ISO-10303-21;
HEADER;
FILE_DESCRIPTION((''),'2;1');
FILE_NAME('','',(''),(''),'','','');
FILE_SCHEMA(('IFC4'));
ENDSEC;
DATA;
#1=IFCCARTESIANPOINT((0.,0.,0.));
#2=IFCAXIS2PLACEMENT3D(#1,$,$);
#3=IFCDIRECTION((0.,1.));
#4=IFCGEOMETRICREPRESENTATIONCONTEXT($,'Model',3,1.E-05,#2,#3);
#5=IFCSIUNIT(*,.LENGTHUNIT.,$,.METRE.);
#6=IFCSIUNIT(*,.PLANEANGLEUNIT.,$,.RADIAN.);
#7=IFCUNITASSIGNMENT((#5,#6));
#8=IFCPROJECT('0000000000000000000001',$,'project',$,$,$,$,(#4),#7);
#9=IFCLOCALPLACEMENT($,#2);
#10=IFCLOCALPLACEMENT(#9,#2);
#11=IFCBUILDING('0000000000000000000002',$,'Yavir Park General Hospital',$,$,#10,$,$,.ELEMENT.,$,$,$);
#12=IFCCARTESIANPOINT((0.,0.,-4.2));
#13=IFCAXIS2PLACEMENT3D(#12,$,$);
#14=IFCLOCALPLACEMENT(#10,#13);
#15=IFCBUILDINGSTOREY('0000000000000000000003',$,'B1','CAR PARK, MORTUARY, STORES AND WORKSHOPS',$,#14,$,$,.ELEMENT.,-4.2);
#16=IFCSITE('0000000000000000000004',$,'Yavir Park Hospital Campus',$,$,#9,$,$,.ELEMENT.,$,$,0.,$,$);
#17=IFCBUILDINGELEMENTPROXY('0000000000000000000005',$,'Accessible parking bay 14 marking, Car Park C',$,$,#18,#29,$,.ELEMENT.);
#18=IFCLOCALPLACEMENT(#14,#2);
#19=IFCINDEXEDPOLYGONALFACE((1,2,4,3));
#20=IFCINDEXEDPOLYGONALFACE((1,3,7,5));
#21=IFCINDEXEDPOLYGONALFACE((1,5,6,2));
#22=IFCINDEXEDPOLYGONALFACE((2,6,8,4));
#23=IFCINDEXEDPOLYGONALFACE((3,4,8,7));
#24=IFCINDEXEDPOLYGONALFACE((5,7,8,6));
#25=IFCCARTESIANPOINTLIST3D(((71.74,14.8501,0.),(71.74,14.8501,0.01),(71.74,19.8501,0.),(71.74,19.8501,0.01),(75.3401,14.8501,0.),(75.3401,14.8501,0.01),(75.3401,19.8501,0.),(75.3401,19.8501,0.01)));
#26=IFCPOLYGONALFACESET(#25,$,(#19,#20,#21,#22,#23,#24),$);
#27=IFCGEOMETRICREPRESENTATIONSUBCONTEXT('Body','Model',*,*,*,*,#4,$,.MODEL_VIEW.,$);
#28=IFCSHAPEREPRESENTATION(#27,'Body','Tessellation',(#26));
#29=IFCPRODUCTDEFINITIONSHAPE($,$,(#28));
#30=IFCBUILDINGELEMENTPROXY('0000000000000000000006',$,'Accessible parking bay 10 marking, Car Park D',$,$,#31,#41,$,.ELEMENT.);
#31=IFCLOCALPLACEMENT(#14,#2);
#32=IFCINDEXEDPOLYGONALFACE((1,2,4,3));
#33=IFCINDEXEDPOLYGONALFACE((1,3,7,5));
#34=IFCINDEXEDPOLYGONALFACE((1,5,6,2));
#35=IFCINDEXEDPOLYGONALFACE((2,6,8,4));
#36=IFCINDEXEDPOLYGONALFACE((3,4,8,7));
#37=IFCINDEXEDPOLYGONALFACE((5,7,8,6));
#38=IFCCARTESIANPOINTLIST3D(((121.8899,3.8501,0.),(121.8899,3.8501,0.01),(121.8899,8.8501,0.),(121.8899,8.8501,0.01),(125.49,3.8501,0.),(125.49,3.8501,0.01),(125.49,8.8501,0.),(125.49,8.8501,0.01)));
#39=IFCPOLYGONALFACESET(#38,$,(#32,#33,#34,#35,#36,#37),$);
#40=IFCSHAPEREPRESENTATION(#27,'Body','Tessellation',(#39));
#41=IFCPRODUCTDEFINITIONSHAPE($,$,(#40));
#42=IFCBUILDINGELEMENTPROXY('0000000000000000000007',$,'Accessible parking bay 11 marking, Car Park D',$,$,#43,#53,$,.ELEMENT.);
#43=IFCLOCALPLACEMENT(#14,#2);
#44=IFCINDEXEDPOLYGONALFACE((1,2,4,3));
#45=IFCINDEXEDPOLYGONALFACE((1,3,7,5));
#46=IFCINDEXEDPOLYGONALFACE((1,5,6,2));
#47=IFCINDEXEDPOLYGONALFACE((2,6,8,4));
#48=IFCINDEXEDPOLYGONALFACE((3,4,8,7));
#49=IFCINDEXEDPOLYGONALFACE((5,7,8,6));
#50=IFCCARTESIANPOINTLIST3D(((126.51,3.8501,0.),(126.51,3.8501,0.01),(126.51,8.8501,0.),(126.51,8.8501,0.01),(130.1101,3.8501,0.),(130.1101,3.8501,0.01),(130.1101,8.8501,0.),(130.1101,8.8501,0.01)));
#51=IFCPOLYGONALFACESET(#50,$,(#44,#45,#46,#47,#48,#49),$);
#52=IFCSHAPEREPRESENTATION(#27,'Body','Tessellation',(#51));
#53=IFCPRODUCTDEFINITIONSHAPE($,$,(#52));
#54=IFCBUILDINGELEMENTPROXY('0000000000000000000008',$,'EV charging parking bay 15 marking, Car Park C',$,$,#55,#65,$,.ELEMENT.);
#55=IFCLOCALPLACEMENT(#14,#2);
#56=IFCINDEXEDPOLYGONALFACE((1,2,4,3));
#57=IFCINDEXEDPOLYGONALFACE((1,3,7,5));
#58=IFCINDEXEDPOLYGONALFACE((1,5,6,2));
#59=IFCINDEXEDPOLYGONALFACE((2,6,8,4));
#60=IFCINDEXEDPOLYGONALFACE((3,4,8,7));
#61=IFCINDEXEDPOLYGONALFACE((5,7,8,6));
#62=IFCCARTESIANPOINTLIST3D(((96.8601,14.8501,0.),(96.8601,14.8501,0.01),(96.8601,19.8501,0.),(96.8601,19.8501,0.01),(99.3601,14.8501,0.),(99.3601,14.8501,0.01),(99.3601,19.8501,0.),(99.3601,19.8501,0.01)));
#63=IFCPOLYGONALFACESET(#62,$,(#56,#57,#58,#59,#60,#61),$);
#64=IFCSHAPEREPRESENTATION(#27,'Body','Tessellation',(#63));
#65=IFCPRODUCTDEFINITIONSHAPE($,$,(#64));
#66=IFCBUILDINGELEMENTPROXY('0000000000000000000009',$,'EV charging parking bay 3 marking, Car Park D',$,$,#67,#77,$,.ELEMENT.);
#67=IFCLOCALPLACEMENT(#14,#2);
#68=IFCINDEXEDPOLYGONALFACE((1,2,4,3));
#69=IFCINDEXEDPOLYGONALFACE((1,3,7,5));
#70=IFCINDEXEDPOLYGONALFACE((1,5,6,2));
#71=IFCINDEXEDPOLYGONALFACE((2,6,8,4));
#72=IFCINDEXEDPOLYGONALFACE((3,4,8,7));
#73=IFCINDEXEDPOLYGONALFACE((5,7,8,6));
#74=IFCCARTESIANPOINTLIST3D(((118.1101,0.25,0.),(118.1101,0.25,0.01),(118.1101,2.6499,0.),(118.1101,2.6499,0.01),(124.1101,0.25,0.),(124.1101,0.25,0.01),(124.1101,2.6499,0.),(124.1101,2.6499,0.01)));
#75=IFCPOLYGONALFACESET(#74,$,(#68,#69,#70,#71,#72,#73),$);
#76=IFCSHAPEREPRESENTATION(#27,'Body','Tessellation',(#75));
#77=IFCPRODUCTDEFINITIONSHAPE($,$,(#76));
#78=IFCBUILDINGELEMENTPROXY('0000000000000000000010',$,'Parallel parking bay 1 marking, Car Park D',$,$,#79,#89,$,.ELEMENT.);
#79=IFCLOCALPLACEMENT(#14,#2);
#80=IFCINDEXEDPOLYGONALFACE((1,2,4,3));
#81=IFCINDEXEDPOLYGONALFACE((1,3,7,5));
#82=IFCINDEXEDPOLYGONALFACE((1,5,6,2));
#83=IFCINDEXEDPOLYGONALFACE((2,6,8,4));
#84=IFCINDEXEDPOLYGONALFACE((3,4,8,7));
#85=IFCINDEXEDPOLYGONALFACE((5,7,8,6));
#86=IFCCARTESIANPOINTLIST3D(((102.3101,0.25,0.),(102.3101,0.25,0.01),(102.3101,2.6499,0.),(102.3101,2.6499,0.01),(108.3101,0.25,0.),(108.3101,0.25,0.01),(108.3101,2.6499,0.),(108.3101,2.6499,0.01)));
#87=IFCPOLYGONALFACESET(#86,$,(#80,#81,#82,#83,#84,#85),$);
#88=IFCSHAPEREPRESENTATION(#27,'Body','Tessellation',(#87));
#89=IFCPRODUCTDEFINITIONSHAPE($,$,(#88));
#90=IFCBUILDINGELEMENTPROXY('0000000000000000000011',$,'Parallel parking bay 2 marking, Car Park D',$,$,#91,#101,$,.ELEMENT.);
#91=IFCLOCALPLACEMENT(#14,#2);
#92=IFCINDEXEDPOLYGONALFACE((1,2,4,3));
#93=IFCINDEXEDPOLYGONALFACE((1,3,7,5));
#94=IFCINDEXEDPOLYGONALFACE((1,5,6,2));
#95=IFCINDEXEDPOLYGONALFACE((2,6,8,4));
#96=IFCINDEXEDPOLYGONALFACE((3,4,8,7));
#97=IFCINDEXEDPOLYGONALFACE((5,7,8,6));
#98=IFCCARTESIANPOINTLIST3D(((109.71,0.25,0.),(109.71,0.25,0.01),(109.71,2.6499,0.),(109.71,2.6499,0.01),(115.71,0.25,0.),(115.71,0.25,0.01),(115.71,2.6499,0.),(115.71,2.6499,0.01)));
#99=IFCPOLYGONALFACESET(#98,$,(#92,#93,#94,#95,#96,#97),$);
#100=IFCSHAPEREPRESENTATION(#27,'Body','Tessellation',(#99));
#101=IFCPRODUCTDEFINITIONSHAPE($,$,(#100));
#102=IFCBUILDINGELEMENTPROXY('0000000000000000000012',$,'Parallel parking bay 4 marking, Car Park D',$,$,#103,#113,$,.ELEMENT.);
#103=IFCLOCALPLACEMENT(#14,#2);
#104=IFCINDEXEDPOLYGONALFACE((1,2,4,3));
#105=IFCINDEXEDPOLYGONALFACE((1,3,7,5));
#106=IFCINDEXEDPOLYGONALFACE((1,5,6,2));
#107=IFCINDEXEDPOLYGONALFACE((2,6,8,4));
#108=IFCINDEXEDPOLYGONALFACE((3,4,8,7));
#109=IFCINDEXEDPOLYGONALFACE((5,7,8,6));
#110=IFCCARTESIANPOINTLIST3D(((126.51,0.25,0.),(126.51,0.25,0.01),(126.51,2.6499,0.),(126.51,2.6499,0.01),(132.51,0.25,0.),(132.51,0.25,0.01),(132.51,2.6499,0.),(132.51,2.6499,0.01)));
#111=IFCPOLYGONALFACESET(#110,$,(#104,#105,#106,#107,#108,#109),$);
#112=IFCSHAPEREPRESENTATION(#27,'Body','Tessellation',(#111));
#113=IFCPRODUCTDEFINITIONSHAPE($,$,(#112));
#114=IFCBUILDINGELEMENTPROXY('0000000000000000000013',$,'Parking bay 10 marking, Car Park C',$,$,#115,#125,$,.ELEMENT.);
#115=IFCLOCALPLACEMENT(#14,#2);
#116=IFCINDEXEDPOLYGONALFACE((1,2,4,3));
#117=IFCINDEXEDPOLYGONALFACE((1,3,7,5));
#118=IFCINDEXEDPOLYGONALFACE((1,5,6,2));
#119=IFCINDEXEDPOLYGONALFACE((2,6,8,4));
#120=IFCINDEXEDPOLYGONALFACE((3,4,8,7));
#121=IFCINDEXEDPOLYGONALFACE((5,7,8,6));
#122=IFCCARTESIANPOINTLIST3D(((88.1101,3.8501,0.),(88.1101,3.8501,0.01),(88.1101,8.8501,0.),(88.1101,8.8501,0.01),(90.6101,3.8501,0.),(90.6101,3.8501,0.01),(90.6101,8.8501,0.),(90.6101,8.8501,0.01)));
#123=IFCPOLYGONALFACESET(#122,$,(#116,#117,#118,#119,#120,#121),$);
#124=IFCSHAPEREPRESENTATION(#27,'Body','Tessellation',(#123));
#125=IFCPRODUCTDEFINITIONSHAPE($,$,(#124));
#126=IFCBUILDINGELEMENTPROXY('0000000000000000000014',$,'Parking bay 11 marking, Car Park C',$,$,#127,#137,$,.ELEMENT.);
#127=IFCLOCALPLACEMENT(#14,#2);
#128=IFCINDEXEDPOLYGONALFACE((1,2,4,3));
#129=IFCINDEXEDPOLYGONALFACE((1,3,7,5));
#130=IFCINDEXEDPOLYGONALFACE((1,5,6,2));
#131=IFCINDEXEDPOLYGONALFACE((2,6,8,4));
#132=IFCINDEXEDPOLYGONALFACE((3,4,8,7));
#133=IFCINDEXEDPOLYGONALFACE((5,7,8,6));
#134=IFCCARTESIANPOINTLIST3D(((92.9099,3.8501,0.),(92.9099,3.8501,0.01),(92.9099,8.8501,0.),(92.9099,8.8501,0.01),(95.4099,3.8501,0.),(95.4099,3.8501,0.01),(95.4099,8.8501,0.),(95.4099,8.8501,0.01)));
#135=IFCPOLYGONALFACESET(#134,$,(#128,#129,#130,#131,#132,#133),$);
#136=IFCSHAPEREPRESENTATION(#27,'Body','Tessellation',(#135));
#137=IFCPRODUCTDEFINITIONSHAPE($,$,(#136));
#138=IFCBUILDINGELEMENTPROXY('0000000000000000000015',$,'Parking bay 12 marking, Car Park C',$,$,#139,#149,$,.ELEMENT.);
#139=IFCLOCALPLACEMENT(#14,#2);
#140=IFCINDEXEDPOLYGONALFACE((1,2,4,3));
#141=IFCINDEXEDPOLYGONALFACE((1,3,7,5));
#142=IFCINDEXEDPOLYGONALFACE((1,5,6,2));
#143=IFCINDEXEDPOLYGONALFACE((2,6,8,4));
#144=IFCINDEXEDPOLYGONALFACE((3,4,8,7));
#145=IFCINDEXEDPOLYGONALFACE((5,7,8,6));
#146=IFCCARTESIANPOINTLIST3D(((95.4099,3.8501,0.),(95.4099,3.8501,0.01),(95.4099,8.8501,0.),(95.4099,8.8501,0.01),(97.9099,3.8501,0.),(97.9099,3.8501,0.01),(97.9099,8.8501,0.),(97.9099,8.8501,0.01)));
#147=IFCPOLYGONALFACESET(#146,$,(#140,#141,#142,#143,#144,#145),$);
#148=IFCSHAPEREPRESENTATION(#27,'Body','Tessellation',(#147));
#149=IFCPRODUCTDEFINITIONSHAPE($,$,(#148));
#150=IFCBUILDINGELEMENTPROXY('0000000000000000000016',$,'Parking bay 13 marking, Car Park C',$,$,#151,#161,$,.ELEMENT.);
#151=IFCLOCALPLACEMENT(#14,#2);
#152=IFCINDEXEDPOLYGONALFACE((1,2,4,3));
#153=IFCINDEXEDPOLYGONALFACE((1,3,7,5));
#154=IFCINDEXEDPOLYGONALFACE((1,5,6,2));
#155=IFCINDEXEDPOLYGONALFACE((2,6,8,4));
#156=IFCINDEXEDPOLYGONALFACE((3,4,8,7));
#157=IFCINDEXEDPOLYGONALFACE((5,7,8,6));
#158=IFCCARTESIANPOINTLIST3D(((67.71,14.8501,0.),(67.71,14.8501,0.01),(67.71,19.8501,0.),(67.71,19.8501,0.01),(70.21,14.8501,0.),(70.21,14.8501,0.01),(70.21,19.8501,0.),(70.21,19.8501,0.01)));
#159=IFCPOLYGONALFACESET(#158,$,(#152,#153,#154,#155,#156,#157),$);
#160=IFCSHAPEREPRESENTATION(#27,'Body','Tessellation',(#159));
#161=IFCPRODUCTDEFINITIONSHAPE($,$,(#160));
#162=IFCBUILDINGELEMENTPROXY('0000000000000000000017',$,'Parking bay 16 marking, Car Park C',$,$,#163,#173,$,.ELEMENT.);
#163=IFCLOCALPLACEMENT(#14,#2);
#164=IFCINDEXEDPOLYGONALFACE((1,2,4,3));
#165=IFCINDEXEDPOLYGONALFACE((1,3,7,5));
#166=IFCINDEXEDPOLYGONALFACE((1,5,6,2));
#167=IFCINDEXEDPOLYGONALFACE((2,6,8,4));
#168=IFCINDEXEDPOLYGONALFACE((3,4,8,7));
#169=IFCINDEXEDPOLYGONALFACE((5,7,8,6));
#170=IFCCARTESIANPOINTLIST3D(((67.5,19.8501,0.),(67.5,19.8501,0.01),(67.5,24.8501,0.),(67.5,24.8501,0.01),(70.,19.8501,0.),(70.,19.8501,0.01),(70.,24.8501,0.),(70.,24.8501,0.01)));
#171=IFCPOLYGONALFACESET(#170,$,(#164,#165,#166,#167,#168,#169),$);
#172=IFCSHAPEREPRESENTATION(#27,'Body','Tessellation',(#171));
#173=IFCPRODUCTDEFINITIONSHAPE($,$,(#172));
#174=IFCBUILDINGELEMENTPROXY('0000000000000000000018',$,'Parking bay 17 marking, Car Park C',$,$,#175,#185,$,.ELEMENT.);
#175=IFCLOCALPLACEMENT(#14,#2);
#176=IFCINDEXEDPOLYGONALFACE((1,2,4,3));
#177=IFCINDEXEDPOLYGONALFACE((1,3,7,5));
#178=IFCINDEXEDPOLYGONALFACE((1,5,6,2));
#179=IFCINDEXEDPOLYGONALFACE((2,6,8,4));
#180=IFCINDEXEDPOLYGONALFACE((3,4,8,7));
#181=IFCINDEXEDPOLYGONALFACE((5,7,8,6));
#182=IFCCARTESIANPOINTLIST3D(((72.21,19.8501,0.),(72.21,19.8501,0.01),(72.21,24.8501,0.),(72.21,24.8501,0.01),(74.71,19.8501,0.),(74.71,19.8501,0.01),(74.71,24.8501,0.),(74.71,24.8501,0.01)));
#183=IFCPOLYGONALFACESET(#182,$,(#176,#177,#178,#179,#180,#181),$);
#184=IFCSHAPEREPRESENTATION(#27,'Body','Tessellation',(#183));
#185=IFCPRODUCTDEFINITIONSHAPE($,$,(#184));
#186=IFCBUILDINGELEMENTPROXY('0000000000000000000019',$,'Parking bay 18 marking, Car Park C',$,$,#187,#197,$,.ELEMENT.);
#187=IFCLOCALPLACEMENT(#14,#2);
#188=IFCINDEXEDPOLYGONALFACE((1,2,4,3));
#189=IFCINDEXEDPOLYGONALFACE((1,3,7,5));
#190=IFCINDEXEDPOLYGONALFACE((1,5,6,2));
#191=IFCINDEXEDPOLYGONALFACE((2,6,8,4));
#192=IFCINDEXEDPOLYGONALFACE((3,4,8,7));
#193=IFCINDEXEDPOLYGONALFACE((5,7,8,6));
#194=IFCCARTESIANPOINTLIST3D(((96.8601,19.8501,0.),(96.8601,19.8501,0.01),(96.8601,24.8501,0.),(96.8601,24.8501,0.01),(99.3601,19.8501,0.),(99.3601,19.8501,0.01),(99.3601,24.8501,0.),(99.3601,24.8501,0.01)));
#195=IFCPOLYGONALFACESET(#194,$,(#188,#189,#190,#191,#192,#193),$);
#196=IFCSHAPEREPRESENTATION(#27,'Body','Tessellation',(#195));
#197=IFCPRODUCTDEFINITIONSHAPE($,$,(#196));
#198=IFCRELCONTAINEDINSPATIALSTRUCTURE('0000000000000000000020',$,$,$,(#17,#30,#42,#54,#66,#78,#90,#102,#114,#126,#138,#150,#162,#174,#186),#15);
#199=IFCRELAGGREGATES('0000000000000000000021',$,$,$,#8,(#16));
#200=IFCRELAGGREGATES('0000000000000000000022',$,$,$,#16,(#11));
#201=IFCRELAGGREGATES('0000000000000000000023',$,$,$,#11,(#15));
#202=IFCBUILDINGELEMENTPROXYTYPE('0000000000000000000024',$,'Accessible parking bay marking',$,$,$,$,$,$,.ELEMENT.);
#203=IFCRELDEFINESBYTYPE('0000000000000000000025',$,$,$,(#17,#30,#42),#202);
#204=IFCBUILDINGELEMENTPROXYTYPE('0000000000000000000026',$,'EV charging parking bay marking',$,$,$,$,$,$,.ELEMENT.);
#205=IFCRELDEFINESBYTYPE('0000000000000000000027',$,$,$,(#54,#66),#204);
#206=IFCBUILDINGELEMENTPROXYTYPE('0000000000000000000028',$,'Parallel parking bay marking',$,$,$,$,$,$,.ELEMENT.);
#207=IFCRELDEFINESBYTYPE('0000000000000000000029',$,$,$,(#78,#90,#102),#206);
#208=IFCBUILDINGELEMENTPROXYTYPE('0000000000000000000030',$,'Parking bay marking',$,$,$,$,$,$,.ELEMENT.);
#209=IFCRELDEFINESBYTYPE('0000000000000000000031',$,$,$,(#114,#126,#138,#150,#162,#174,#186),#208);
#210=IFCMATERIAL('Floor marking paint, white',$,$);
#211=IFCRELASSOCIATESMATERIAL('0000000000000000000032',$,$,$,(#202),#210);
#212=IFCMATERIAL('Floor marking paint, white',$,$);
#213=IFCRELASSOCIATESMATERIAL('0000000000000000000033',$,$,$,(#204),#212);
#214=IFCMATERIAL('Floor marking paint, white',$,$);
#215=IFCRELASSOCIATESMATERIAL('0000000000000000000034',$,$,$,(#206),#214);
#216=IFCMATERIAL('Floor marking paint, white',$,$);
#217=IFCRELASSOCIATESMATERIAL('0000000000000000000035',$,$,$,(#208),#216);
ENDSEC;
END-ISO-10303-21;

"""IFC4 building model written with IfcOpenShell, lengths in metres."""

from ifc_helpers import new_model, si_unit, direction, frame, origin, place, context, subcontext, project, spatial, polyline, outline, extrude, material, type_object, element, save


model = new_model("IFC4")

# Units and contexts
model_context = context("Model", 3, precision=1e-05, world=origin(), true_north=direction((0.0, 1.0)))
body_context = subcontext(model_context, "Body", "Model", "MODEL_VIEW")
ifc_project = project(units=[si_unit("LENGTHUNIT", "METRE"), si_unit("PLANEANGLEUNIT", "RADIAN")], contexts=[model_context])

# Site, building, storey
site_placement = place(None, origin())
site = spatial("IfcSite", under=ifc_project, at=site_placement, Name="Yavir Park Hospital Campus", CompositionType="ELEMENT", RefElevation=0.0)
building_placement = place(site_placement, origin())
building = spatial("IfcBuilding", under=site, at=building_placement, Name="Yavir Park General Hospital", CompositionType="ELEMENT")
storey_placement = place(building_placement, frame((0.0, 0.0, -4.2)))
storey = spatial("IfcBuildingStorey", under=building, at=storey_placement, Name="B1", Description="CAR PARK, MORTUARY, STORES AND WORKSHOPS", CompositionType="ELEMENT", Elevation=-4.2)

# Building element proxies
ifc_material_1 = material(Name="Floor marking paint, white")
building_element_proxy_type_1 = type_object("IfcBuildingElementProxyType", Name="Accessible parking bay marking", PredefinedType="ELEMENT", material=ifc_material_1)
proxy_1_placement = place(storey_placement, origin())
element("IfcBuildingElementProxy", 1, at=proxy_1_placement, inside=storey, type_object=building_element_proxy_type_1, Name="Accessible parking bay 14 marking, Car Park C", PredefinedType="ELEMENT", context=body_context, shape_type="SweptSolid", body=[
    extrude(outline(polyline([(71.74, 14.8501), (75.3401, 14.8501), (75.3401, 19.8501), (71.74, 19.8501), (71.74, 14.8501)])), origin(), (0.0, 0.0, 1.0), 0.01),
])
proxy_2_placement = place(storey_placement, origin())
element("IfcBuildingElementProxy", 2, at=proxy_2_placement, inside=storey, type_object=building_element_proxy_type_1, Name="Accessible parking bay 10 marking, Car Park D", PredefinedType="ELEMENT", context=body_context, shape_type="SweptSolid", body=[
    extrude(outline(polyline([(121.8899, 3.8501), (125.49, 3.8501), (125.49, 8.8501), (121.8899, 8.8501), (121.8899, 3.8501)])), origin(), (0.0, 0.0, 1.0), 0.01),
])
proxy_3_placement = place(storey_placement, origin())
element("IfcBuildingElementProxy", 3, at=proxy_3_placement, inside=storey, type_object=building_element_proxy_type_1, Name="Accessible parking bay 11 marking, Car Park D", PredefinedType="ELEMENT", context=body_context, shape_type="SweptSolid", body=[
    extrude(outline(polyline([(126.51, 3.8501), (130.1101, 3.8501), (130.1101, 8.8501), (126.51, 8.8501), (126.51, 3.8501)])), origin(), (0.0, 0.0, 1.0), 0.01),
])
ifc_material_2 = material(Name="Floor marking paint, white")
building_element_proxy_type_2 = type_object("IfcBuildingElementProxyType", Name="EV charging parking bay marking", PredefinedType="ELEMENT", material=ifc_material_2)
proxy_4_placement = place(storey_placement, origin())
element("IfcBuildingElementProxy", 4, at=proxy_4_placement, inside=storey, type_object=building_element_proxy_type_2, Name="EV charging parking bay 15 marking, Car Park C", PredefinedType="ELEMENT", context=body_context, shape_type="SweptSolid", body=[
    extrude(outline(polyline([(96.8601, 14.8501), (99.3601, 14.8501), (99.3601, 19.8501), (96.8601, 19.8501), (96.8601, 14.8501)])), origin(), (0.0, 0.0, 1.0), 0.01),
])
proxy_5_placement = place(storey_placement, origin())
element("IfcBuildingElementProxy", 5, at=proxy_5_placement, inside=storey, type_object=building_element_proxy_type_2, Name="EV charging parking bay 3 marking, Car Park D", PredefinedType="ELEMENT", context=body_context, shape_type="SweptSolid", body=[
    extrude(outline(polyline([(118.1101, 2.6499), (118.1101, 0.25), (124.1101, 0.25), (124.1101, 2.6499), (118.1101, 2.6499)])), origin(), (0.0, 0.0, 1.0), 0.01),
])
ifc_material_3 = material(Name="Floor marking paint, white")
building_element_proxy_type_3 = type_object("IfcBuildingElementProxyType", Name="Parallel parking bay marking", PredefinedType="ELEMENT", material=ifc_material_3)
proxy_6_placement = place(storey_placement, origin())
element("IfcBuildingElementProxy", 6, at=proxy_6_placement, inside=storey, type_object=building_element_proxy_type_3, Name="Parallel parking bay 1 marking, Car Park D", PredefinedType="ELEMENT", context=body_context, shape_type="SweptSolid", body=[
    extrude(outline(polyline([(102.3101, 2.6499), (102.3101, 0.25), (108.3101, 0.25), (108.3101, 2.6499), (102.3101, 2.6499)])), origin(), (0.0, 0.0, 1.0), 0.01),
])
proxy_7_placement = place(storey_placement, origin())
element("IfcBuildingElementProxy", 7, at=proxy_7_placement, inside=storey, type_object=building_element_proxy_type_3, Name="Parallel parking bay 2 marking, Car Park D", PredefinedType="ELEMENT", context=body_context, shape_type="SweptSolid", body=[
    extrude(outline(polyline([(109.71, 2.6499), (109.71, 0.25), (115.71, 0.25), (115.71, 2.6499), (109.71, 2.6499)])), origin(), (0.0, 0.0, 1.0), 0.01),
])
proxy_8_placement = place(storey_placement, origin())
element("IfcBuildingElementProxy", 8, at=proxy_8_placement, inside=storey, type_object=building_element_proxy_type_3, Name="Parallel parking bay 4 marking, Car Park D", PredefinedType="ELEMENT", context=body_context, shape_type="SweptSolid", body=[
    extrude(outline(polyline([(126.51, 2.6499), (126.51, 0.25), (132.51, 0.25), (132.51, 2.6499), (126.51, 2.6499)])), origin(), (0.0, 0.0, 1.0), 0.01),
])
ifc_material_4 = material(Name="Floor marking paint, white")
building_element_proxy_type_4 = type_object("IfcBuildingElementProxyType", Name="Parking bay marking", PredefinedType="ELEMENT", material=ifc_material_4)
proxy_9_placement = place(storey_placement, origin())
element("IfcBuildingElementProxy", 9, at=proxy_9_placement, inside=storey, type_object=building_element_proxy_type_4, Name="Parking bay 10 marking, Car Park C", PredefinedType="ELEMENT", context=body_context, shape_type="SweptSolid", body=[
    extrude(outline(polyline([(88.1101, 3.8501), (90.6101, 3.8501), (90.6101, 8.8501), (88.1101, 8.8501), (88.1101, 3.8501)])), origin(), (0.0, 0.0, 1.0), 0.01),
])
proxy_10_placement = place(storey_placement, origin())
element("IfcBuildingElementProxy", 10, at=proxy_10_placement, inside=storey, type_object=building_element_proxy_type_4, Name="Parking bay 11 marking, Car Park C", PredefinedType="ELEMENT", context=body_context, shape_type="SweptSolid", body=[
    extrude(outline(polyline([(92.9099, 3.8501), (95.4099, 3.8501), (95.4099, 8.8501), (92.9099, 8.8501), (92.9099, 3.8501)])), origin(), (0.0, 0.0, 1.0), 0.01),
])
proxy_11_placement = place(storey_placement, origin())
element("IfcBuildingElementProxy", 11, at=proxy_11_placement, inside=storey, type_object=building_element_proxy_type_4, Name="Parking bay 12 marking, Car Park C", PredefinedType="ELEMENT", context=body_context, shape_type="SweptSolid", body=[
    extrude(outline(polyline([(95.4099, 3.8501), (97.9099, 3.8501), (97.9099, 8.8501), (95.4099, 8.8501), (95.4099, 3.8501)])), origin(), (0.0, 0.0, 1.0), 0.01),
])
proxy_12_placement = place(storey_placement, origin())
element("IfcBuildingElementProxy", 12, at=proxy_12_placement, inside=storey, type_object=building_element_proxy_type_4, Name="Parking bay 13 marking, Car Park C", PredefinedType="ELEMENT", context=body_context, shape_type="SweptSolid", body=[
    extrude(outline(polyline([(67.71, 14.8501), (70.21, 14.8501), (70.21, 19.8501), (67.71, 19.8501), (67.71, 14.8501)])), origin(), (0.0, 0.0, 1.0), 0.01),
])
proxy_13_placement = place(storey_placement, origin())
element("IfcBuildingElementProxy", 13, at=proxy_13_placement, inside=storey, type_object=building_element_proxy_type_4, Name="Parking bay 16 marking, Car Park C", PredefinedType="ELEMENT", context=body_context, shape_type="SweptSolid", body=[
    extrude(outline(polyline([(67.5, 19.8501), (70.0, 19.8501), (70.0, 24.8501), (67.5, 24.8501), (67.5, 19.8501)])), origin(), (0.0, 0.0, 1.0), 0.01),
])
proxy_14_placement = place(storey_placement, origin())
element("IfcBuildingElementProxy", 14, at=proxy_14_placement, inside=storey, type_object=building_element_proxy_type_4, Name="Parking bay 17 marking, Car Park C", PredefinedType="ELEMENT", context=body_context, shape_type="SweptSolid", body=[
    extrude(outline(polyline([(72.21, 19.8501), (74.71, 19.8501), (74.71, 24.8501), (72.21, 24.8501), (72.21, 19.8501)])), origin(), (0.0, 0.0, 1.0), 0.01),
])
proxy_15_placement = place(storey_placement, origin())
element("IfcBuildingElementProxy", 15, at=proxy_15_placement, inside=storey, type_object=building_element_proxy_type_4, Name="Parking bay 18 marking, Car Park C", PredefinedType="ELEMENT", context=body_context, shape_type="SweptSolid", body=[
    extrude(outline(polyline([(96.8601, 19.8501), (99.3601, 19.8501), (99.3601, 24.8501), (96.8601, 24.8501), (96.8601, 19.8501)])), origin(), (0.0, 0.0, 1.0), 0.01),
])

save(model, "model.ifc")
